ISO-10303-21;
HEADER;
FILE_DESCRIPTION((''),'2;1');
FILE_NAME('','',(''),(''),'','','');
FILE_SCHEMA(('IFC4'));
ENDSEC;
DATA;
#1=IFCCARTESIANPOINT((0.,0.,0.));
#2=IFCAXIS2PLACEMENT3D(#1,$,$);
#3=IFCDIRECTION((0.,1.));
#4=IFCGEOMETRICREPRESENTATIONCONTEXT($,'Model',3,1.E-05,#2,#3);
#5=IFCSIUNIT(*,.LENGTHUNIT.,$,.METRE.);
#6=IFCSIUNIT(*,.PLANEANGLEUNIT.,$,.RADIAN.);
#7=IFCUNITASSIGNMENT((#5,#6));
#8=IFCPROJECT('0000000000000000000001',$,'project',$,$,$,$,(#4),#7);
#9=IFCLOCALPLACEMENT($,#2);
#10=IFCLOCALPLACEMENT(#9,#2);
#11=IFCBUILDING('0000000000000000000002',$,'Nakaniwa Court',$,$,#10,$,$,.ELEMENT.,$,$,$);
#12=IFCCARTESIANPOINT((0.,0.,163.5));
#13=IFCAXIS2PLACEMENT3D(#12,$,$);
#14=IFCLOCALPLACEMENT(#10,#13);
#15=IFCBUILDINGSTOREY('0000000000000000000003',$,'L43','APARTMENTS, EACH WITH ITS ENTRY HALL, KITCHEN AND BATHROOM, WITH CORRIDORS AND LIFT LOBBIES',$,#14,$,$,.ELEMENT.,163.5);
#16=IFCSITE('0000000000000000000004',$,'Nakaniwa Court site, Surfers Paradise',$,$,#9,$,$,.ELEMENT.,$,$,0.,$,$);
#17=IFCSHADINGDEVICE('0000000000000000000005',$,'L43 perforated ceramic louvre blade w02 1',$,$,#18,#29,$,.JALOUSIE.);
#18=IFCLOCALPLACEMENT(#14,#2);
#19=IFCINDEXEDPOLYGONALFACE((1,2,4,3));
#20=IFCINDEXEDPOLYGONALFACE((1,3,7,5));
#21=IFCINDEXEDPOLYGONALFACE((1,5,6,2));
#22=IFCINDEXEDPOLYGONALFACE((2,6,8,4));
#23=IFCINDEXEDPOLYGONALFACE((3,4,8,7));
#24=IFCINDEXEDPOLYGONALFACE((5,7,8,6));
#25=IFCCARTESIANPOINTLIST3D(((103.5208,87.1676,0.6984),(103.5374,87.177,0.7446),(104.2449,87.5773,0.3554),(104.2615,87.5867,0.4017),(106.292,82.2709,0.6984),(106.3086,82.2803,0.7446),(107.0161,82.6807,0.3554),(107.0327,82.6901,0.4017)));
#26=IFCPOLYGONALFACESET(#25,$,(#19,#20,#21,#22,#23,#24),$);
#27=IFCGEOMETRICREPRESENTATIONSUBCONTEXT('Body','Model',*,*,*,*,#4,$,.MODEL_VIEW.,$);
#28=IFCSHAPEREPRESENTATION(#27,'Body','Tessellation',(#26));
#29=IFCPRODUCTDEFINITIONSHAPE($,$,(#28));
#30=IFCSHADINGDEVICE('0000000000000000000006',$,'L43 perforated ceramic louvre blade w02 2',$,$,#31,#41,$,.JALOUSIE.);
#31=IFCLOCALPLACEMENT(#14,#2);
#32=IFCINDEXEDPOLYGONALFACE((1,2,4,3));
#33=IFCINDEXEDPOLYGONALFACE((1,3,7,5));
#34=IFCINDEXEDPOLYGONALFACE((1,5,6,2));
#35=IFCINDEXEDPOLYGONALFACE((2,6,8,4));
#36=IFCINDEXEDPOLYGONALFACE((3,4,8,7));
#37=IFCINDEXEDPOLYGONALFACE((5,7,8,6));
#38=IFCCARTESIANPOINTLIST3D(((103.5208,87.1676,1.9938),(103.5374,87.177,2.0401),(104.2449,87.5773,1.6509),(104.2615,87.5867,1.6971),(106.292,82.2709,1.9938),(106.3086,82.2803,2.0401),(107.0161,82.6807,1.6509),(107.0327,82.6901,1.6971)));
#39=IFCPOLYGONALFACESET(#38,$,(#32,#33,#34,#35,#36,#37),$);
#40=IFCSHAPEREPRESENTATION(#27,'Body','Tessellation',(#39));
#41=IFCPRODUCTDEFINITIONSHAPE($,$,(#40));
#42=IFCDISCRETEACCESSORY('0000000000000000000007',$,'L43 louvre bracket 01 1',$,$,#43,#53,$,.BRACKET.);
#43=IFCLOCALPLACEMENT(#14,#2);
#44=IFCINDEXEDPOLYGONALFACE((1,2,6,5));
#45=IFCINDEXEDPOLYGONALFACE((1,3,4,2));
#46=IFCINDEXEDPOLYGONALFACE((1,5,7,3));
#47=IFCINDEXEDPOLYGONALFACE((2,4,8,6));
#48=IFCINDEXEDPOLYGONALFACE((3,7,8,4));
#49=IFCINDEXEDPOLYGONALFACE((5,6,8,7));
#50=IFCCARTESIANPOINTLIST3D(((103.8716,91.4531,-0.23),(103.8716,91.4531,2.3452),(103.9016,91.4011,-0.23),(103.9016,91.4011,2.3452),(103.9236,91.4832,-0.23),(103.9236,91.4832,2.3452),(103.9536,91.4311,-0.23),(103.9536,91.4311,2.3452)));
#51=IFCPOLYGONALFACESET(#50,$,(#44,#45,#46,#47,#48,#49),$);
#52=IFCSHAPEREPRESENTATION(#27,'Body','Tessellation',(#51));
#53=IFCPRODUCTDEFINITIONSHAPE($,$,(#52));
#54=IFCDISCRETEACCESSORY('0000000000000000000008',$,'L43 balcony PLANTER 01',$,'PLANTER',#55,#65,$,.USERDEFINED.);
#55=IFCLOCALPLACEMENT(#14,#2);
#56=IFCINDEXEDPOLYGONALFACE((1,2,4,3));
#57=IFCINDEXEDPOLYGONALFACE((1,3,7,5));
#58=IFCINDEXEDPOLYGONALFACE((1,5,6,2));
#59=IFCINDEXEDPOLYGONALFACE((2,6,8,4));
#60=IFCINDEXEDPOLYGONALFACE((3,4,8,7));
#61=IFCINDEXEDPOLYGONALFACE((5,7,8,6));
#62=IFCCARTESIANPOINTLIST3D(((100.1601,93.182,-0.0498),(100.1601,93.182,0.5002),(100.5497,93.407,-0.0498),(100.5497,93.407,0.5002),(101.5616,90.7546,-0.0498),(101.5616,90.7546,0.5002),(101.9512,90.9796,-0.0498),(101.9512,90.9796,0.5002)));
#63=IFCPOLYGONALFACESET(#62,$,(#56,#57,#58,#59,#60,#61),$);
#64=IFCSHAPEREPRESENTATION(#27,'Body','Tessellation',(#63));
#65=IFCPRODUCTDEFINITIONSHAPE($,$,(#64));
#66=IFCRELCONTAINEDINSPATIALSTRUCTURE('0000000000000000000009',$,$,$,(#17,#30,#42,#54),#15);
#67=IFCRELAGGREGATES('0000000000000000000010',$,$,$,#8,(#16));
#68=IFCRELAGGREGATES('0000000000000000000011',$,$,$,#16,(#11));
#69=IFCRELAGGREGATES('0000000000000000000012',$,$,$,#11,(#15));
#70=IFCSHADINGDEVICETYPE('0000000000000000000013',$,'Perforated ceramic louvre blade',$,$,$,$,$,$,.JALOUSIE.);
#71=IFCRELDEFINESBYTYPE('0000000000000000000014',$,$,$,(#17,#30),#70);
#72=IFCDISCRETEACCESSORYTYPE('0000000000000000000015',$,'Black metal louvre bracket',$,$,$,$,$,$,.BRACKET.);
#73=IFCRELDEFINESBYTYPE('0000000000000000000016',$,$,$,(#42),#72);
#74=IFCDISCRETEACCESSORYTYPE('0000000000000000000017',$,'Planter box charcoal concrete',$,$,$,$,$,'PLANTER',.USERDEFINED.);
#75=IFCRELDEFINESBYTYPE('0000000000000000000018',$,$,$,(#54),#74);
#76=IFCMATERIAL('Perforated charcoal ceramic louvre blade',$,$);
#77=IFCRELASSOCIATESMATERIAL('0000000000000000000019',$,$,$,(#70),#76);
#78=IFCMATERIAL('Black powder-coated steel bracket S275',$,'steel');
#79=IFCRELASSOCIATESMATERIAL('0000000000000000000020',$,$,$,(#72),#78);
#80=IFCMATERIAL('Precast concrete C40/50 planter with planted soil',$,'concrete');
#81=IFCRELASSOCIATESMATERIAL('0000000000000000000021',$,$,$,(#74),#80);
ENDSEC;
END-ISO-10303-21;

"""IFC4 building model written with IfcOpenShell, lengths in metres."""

from ifc_helpers import new_model, si_unit, direction, frame, origin, origin_2d, place, context, subcontext, project, spatial, rectangle, extrude, material, material_profile, profile_set, type_object, element, save


model = new_model("IFC4")

# Units and contexts
model_context = context("Model", 3, precision=1e-05, world=origin(), true_north=direction((0.0, 1.0)))
body_context = subcontext(model_context, "Body", "Model", "MODEL_VIEW")
ifc_project = project(units=[si_unit("LENGTHUNIT", "METRE"), si_unit("PLANEANGLEUNIT", "RADIAN")], contexts=[model_context])

# Site, building, storey
site_placement = place(None, origin())
site = spatial("IfcSite", under=ifc_project, at=site_placement, Name="Nakaniwa Court site, Surfers Paradise", CompositionType="ELEMENT", RefElevation=0.0)
building_placement = place(site_placement, origin())
building = spatial("IfcBuilding", under=site, at=building_placement, Name="Nakaniwa Court", CompositionType="ELEMENT")
storey_placement = place(building_placement, frame((0.0, 0.0, 163.5)))
storey = spatial("IfcBuildingStorey", under=building, at=storey_placement, Name="L43", Description="APARTMENTS, EACH WITH ITS ENTRY HALL, KITCHEN AND BATHROOM, WITH CORRIDORS AND LIFT LOBBIES", CompositionType="ELEMENT", Elevation=163.5)

# Shading devices
ifc_material_1 = material(Name="Perforated charcoal ceramic louvre blade")
ifc_material_profile_1 = material_profile(ifc_material_1, rectangle(XDim=0.8999, YDim=0.05, at=origin_2d()), Name="Perforated ceramic louvre blade")
ifc_profile_set_1 = profile_set([ifc_material_profile_1], Name="Perforated charcoal ceramic louvre blade")
shading_device_type_1 = type_object("IfcShadingDeviceType", Name="Perforated ceramic louvre blade", PredefinedType="JALOUSIE", material=ifc_profile_set_1)
for number, where, z_axis, x_axis, name in (
    (1, (106.6624, 82.4805, 0.55), (-0.492532, 0.870294, 0.0), (-0.804627, -0.455368, 0.38107), "L43 perforated ceramic louvre blade w02 1"),
    (2, (106.6624, 82.4805, 1.8455), (-0.492532, 0.870294, 0.0), (-0.804627, -0.455368, 0.38107), "L43 perforated ceramic louvre blade w02 2"),
):
    element("IfcShadingDevice", number, at=place(storey_placement, frame(where, z_axis=z_axis, x_axis=x_axis)), inside=storey, type_object=shading_device_type_1, Name=name, PredefinedType="JALOUSIE", context=body_context, shape_type="SweptSolid", body=[
        extrude(rectangle(XDim=0.8999, YDim=0.05, at=origin_2d()), origin(), (0.0, 0.0, 1.0), 5.6265),
    ])

# Discrete accessories
ifc_material_2 = material(Name="Black powder-coated steel bracket S275", Category="steel")
discrete_accessory_type_1 = type_object("IfcDiscreteAccessoryType", Name="Black metal louvre bracket", PredefinedType="BRACKET", material=ifc_material_2)
discrete_accessory_1_placement = place(storey_placement, frame((103.9126, 91.4421, -0.23), z_axis=(0.0, 0.0, 1.0), x_axis=(-0.500005, 0.866023, 0.0)))
element("IfcDiscreteAccessory", 3, at=discrete_accessory_1_placement, inside=storey, type_object=discrete_accessory_type_1, Name="L43 louvre bracket 01 1", PredefinedType="BRACKET", context=body_context, shape_type="SweptSolid", body=[
    extrude(rectangle(XDim=0.0601, YDim=0.0601, at=origin_2d()), origin(), (0.0, 0.0, 1.0), 2.5752),
])
ifc_material_3 = material(Name="Precast concrete C40/50 planter with planted soil", Category="concrete")
discrete_accessory_type_2 = type_object("IfcDiscreteAccessoryType", Name="Planter box charcoal concrete", ElementType="PLANTER", PredefinedType="USERDEFINED", material=ifc_material_3)
discrete_accessory_2_placement = place(storey_placement, frame((101.0557, 92.0808, -0.0498), z_axis=(0.0, 0.0, 1.0), x_axis=(-0.500005, 0.866023, 0.0)))
element("IfcDiscreteAccessory", 4, at=discrete_accessory_2_placement, inside=storey, type_object=discrete_accessory_type_2, Name="L43 balcony PLANTER 01", ObjectType="PLANTER", PredefinedType="USERDEFINED", context=body_context, shape_type="SweptSolid", body=[
    extrude(rectangle(XDim=2.803, YDim=0.45, at=origin_2d()), origin(), (0.0, 0.0, 1.0), 0.55),
])

save(model, "model.ifc")
